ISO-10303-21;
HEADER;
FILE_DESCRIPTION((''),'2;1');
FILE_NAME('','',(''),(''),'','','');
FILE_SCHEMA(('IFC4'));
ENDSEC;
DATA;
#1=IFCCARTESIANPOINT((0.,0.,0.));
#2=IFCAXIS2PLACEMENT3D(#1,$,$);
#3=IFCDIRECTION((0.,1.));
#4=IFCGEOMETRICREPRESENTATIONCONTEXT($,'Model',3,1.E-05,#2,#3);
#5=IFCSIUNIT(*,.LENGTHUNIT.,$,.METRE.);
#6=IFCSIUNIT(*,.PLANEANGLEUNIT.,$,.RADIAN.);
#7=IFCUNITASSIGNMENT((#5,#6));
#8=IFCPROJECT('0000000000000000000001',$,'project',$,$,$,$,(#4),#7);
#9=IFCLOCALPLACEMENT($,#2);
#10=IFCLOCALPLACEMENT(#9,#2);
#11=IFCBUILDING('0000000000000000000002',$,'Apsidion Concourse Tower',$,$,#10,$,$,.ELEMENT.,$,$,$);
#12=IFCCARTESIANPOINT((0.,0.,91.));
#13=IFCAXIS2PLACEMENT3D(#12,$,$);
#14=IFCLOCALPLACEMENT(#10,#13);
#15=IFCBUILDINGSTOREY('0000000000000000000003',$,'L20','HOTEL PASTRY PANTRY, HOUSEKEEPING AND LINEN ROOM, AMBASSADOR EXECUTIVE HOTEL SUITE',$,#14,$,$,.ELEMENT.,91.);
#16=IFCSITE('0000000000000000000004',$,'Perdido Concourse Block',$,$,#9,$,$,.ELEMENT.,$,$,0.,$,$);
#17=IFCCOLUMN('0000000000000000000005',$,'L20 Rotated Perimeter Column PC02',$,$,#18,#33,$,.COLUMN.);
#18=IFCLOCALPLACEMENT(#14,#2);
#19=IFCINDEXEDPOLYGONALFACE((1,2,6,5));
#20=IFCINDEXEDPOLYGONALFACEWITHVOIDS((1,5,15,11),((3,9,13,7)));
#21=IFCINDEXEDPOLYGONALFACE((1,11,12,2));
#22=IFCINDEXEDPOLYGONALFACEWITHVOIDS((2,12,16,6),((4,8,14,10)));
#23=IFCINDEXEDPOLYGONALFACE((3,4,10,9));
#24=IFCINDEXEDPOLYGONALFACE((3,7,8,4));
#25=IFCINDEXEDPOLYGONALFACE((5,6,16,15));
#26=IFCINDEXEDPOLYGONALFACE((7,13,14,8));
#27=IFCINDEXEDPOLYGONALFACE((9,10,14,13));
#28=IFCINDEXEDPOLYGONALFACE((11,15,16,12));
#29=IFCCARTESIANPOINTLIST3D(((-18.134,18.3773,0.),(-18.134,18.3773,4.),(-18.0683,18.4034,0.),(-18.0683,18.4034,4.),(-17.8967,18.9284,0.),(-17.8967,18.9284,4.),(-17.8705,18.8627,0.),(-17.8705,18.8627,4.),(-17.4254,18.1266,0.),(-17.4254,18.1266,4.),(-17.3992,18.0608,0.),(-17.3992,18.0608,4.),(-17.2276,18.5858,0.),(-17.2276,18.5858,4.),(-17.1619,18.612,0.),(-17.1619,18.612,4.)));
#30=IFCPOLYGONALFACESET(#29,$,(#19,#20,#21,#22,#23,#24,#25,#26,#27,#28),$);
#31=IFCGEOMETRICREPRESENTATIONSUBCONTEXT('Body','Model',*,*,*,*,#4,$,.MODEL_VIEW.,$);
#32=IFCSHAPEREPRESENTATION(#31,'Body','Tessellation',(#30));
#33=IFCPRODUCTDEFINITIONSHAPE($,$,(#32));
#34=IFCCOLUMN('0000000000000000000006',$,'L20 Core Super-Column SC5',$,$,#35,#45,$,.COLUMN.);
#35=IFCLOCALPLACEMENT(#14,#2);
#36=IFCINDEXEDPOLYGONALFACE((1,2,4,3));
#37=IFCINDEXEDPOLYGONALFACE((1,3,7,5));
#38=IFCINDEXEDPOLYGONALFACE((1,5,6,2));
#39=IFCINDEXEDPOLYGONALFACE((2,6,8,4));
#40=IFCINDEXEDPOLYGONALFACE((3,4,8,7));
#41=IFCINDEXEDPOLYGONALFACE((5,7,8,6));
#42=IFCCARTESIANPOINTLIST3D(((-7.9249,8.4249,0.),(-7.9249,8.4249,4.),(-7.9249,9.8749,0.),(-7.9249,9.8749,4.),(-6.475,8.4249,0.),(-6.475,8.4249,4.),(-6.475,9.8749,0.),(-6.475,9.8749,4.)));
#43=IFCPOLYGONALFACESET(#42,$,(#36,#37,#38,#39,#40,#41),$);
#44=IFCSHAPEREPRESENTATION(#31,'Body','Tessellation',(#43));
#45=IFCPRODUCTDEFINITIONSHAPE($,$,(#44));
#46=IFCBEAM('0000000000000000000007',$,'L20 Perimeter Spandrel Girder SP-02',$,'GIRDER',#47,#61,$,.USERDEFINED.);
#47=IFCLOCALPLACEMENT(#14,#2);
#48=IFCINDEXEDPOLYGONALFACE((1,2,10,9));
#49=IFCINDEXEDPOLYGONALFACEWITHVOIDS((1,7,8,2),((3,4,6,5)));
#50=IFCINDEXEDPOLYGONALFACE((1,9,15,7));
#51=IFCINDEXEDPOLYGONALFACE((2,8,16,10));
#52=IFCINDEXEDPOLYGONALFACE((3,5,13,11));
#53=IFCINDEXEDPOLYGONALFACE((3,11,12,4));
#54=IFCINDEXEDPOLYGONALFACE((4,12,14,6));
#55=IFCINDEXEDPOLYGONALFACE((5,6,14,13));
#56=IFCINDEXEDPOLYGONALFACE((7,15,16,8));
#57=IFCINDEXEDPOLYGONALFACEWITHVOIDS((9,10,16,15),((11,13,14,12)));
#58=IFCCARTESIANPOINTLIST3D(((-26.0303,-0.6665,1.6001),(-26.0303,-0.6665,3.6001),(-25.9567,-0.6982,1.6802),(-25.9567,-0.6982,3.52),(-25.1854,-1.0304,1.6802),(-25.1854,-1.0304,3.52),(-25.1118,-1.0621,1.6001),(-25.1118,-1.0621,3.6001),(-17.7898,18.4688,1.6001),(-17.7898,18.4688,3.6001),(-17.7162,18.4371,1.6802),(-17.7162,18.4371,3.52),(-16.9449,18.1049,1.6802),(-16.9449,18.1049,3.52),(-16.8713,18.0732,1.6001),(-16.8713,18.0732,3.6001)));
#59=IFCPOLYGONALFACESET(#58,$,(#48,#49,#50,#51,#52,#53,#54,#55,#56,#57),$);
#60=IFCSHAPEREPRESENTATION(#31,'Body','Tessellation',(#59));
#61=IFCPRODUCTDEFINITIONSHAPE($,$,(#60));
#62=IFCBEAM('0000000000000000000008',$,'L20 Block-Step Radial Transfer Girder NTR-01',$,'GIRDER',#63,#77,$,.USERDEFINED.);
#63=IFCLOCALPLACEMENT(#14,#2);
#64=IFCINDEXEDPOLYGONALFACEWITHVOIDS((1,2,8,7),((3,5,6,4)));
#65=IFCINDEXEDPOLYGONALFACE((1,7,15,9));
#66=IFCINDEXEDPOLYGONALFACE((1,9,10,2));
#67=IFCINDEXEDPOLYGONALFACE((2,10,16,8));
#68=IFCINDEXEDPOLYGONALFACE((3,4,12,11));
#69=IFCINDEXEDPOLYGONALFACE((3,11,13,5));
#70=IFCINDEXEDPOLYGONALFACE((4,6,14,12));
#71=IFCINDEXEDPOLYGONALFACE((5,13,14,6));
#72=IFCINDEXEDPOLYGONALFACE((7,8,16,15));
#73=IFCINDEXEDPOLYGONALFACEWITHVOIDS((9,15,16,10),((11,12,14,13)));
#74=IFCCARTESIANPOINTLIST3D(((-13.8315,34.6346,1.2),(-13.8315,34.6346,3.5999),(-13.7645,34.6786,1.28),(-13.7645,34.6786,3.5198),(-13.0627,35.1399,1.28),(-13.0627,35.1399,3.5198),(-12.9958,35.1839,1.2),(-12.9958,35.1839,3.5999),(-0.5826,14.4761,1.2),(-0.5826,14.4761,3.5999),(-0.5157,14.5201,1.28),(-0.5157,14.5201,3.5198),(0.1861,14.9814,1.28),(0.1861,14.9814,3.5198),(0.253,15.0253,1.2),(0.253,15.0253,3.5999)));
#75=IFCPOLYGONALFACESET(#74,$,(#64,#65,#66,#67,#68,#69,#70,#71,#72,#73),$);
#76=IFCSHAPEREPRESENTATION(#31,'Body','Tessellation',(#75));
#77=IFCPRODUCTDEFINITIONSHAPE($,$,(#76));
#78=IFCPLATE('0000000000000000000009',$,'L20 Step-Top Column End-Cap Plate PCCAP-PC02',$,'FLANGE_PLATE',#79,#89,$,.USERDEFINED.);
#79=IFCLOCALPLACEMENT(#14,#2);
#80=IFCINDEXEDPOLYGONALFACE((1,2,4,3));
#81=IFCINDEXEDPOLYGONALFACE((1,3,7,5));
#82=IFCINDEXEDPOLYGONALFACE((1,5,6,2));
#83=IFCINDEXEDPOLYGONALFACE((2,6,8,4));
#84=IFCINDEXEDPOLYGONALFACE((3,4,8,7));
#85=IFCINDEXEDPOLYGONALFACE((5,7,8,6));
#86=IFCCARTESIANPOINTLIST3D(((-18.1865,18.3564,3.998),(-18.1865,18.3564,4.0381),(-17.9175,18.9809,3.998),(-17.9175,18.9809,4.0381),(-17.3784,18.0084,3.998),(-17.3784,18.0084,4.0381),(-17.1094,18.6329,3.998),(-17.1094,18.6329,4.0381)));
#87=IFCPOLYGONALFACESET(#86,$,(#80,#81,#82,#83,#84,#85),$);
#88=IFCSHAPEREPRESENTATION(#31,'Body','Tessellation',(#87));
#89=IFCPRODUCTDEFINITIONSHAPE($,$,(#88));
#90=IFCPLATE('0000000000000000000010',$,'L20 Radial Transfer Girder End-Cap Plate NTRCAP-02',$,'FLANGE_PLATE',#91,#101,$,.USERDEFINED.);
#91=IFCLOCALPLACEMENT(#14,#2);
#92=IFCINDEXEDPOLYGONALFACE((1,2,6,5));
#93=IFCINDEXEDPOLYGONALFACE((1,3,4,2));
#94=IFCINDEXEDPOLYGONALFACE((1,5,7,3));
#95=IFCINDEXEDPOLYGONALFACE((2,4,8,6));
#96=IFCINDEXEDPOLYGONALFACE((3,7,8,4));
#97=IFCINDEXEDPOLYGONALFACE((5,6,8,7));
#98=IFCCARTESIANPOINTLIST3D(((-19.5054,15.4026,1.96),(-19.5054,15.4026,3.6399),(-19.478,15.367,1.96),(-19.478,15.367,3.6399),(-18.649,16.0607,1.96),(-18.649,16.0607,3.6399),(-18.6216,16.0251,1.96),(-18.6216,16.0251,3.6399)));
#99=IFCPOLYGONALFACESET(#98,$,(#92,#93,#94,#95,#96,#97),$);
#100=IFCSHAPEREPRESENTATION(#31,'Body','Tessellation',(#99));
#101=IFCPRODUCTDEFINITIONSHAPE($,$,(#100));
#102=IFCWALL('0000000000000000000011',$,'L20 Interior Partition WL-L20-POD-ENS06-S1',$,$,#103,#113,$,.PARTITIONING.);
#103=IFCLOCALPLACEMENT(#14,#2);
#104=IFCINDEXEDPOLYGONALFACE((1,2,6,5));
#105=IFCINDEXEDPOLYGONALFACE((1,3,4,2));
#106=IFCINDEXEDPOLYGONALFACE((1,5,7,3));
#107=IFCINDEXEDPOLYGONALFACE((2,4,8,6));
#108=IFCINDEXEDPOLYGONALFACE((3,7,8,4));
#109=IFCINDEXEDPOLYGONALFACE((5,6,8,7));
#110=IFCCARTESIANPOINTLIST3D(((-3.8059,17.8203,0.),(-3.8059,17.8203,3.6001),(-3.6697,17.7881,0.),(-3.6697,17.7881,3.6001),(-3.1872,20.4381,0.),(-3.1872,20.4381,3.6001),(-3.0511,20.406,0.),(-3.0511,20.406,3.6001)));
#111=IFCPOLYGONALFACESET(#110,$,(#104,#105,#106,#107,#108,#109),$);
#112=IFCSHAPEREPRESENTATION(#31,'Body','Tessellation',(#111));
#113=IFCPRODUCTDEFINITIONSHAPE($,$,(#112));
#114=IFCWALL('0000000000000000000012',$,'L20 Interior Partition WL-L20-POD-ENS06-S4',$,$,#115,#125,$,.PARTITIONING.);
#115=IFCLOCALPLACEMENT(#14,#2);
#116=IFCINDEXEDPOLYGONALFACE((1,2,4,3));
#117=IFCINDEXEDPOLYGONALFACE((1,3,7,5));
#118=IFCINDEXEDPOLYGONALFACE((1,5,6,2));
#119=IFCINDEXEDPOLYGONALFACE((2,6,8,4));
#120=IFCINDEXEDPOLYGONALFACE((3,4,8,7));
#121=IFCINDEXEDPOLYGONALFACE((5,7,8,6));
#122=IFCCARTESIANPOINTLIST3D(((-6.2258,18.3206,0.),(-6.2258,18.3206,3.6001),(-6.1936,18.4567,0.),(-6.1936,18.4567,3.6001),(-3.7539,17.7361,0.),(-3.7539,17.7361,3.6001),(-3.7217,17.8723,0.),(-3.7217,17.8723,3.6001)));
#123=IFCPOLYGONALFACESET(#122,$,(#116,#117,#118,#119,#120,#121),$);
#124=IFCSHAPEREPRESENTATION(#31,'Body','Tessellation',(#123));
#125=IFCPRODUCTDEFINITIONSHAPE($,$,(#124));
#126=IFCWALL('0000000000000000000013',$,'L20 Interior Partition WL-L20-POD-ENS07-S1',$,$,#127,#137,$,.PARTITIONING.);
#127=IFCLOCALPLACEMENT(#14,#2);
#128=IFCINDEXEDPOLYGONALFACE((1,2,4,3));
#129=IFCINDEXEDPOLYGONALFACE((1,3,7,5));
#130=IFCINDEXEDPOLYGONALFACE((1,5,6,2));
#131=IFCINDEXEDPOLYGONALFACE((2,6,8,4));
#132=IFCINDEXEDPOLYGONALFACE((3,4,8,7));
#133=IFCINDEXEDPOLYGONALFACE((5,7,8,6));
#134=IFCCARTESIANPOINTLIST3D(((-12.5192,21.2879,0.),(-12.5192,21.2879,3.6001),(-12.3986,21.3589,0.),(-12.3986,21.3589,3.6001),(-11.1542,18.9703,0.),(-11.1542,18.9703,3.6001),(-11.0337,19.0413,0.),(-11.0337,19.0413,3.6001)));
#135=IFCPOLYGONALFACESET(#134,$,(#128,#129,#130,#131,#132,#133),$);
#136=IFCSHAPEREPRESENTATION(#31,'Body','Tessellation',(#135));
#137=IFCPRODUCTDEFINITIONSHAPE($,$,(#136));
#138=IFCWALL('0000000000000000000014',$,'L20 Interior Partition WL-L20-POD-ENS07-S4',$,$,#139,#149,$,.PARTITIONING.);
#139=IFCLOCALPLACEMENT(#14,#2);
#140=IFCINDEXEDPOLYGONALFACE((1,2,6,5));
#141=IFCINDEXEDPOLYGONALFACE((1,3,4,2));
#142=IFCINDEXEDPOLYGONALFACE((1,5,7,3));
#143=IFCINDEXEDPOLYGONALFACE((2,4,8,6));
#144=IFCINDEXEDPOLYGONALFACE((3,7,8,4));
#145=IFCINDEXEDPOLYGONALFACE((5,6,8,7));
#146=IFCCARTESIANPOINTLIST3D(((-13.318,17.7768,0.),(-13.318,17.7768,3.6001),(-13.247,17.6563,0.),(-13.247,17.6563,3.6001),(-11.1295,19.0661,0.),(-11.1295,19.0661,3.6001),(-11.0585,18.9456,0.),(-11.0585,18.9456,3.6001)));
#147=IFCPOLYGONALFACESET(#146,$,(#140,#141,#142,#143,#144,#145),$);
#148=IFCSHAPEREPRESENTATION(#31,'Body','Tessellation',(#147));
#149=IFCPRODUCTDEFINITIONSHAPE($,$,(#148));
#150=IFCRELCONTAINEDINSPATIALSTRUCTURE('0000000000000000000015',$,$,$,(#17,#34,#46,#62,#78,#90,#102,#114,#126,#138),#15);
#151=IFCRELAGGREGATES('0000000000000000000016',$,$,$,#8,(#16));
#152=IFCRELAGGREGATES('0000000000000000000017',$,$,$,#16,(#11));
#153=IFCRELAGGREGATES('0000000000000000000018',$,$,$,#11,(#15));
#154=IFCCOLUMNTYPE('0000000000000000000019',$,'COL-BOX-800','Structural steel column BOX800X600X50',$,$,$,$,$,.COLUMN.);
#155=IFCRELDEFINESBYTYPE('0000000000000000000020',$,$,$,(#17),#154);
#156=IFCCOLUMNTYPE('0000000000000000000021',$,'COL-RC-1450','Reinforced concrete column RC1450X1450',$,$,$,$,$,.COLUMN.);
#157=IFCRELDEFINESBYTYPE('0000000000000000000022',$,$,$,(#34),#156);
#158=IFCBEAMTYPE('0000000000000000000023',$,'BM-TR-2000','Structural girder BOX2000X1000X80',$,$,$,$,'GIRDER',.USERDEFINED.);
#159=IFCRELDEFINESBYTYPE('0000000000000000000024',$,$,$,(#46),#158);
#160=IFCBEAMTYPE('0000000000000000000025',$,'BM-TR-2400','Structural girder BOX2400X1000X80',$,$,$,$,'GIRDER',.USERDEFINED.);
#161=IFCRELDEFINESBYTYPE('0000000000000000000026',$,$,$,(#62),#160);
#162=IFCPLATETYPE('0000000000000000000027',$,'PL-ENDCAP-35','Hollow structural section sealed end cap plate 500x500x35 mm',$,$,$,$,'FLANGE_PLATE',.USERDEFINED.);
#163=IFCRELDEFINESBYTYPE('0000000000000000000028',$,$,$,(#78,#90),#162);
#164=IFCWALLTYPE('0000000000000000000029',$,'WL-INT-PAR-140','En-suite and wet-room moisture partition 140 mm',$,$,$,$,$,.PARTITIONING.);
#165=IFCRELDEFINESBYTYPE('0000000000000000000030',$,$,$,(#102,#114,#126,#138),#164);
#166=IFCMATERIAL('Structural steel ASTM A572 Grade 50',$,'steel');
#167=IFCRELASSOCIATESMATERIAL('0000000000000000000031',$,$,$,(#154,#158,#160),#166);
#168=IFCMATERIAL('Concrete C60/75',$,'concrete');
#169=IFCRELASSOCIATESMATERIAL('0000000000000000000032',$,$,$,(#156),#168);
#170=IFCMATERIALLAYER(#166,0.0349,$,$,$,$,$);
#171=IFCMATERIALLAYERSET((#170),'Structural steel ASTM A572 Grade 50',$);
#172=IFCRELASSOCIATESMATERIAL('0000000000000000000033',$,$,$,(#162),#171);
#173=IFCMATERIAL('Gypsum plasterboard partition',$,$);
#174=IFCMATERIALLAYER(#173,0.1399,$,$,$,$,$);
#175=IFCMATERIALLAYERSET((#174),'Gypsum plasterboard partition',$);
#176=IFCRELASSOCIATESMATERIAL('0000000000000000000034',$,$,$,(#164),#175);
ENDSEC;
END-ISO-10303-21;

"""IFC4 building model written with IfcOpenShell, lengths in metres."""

from ifc_helpers import new_model, si_unit, direction, frame, frame_2d, origin, origin_2d, place, context, subcontext, project, spatial, rectangle, hollow_rectangle, extrude, material, layer, layer_set, material_profile, profile_set, type_object, element, save


model = new_model("IFC4")

# Units and contexts
model_context = context("Model", 3, precision=1e-05, world=origin(), true_north=direction((0.0, 1.0)))
body_context = subcontext(model_context, "Body", "Model", "MODEL_VIEW")
ifc_project = project(units=[si_unit("LENGTHUNIT", "METRE"), si_unit("PLANEANGLEUNIT", "RADIAN")], contexts=[model_context])

# Site, building, storey
site_placement = place(None, origin())
site = spatial("IfcSite", under=ifc_project, at=site_placement, Name="Perdido Concourse Block", CompositionType="ELEMENT", RefElevation=0.0)
building_placement = place(site_placement, origin())
building = spatial("IfcBuilding", under=site, at=building_placement, Name="Apsidion Concourse Tower", CompositionType="ELEMENT")
storey_placement = place(building_placement, frame((0.0, 0.0, 91.0)))
storey = spatial("IfcBuildingStorey", under=building, at=storey_placement, Name="L20", Description="HOTEL PASTRY PANTRY, HOUSEKEEPING AND LINEN ROOM, AMBASSADOR EXECUTIVE HOTEL SUITE", CompositionType="ELEMENT", Elevation=91.0)

# Columns
ifc_material_1 = material(Name="Structural steel ASTM A572 Grade 50", Category="steel")
ifc_material_profile_1 = material_profile(ifc_material_1, hollow_rectangle(XDim=0.6001, YDim=0.8, WallThickness=0.05, at=origin_2d()), Name="BOX800X600X50")
ifc_profile_set_1 = profile_set([ifc_material_profile_1], Name="Structural steel ASTM A572 Grade 50")
column_type_1 = type_object("IfcColumnType", Name="COL-BOX-800", Description="Structural steel column BOX800X600X50", PredefinedType="COLUMN", material=ifc_profile_set_1)
column_1_placement = place(storey_placement, frame((-17.6479, 18.4946, 0.0), z_axis=(0.0, 0.0, 1.0), x_axis=(0.395546, 0.918446, 0.0)))
element("IfcColumn", 1, at=column_1_placement, inside=storey, type_object=column_type_1, Name="L20 Rotated Perimeter Column PC02", PredefinedType="COLUMN", context=body_context, shape_type="SweptSolid", body=[
    extrude(hollow_rectangle(XDim=0.6001, YDim=0.8, WallThickness=0.05, at=origin_2d()), origin(), (0.0, 0.0, 1.0), 4.0),
])
ifc_material_2 = material(Name="Concrete C60/75", Category="concrete")
ifc_material_profile_2 = material_profile(ifc_material_2, rectangle(XDim=1.45, YDim=1.45, at=origin_2d()), Name="RC 1450x1450")
ifc_profile_set_2 = profile_set([ifc_material_profile_2], Name="Concrete C60/75")
column_type_2 = type_object("IfcColumnType", Name="COL-RC-1450", Description="Reinforced concrete column RC1450X1450", PredefinedType="COLUMN", material=ifc_profile_set_2)
column_2_placement = place(storey_placement, frame((-7.2, 9.1499, 0.0), z_axis=(0.0, 0.0, 1.0), x_axis=(1.0, 0.0, 0.0)))
element("IfcColumn", 2, at=column_2_placement, inside=storey, type_object=column_type_2, Name="L20 Core Super-Column SC5", PredefinedType="COLUMN", context=body_context, shape_type="SweptSolid", body=[
    extrude(rectangle(XDim=1.45, YDim=1.45, at=origin_2d()), origin(), (0.0, 0.0, 1.0), 4.0),
])

# Beams
ifc_material_profile_3 = material_profile(ifc_material_1, hollow_rectangle(XDim=1.0, YDim=2.0, WallThickness=0.0801, at=origin_2d()), Name="BOX2000X1000X80")
ifc_profile_set_3 = profile_set([ifc_material_profile_3], Name="Structural steel ASTM A572 Grade 50")
beam_type_1 = type_object("IfcBeamType", Name="BM-TR-2000", Description="Structural girder BOX2000X1000X80", ElementType="GIRDER", PredefinedType="USERDEFINED", material=ifc_profile_set_3)
beam_1_placement = place(storey_placement, frame((-17.3306, 18.271, 2.6001), z_axis=(-0.395527, -0.918454, 0.0), x_axis=(0.918454, -0.395527, 0.0)))
element("IfcBeam", 3, at=beam_1_placement, inside=storey, type_object=beam_type_1, Name="L20 Perimeter Spandrel Girder SP-02", ObjectType="GIRDER", PredefinedType="USERDEFINED", context=body_context, shape_type="SweptSolid", body=[
    extrude(hollow_rectangle(XDim=1.0, YDim=2.0, WallThickness=0.0801, at=origin_2d()), origin(), (0.0, 0.0, 1.0), 20.8342),
])
ifc_material_profile_4 = material_profile(ifc_material_1, hollow_rectangle(XDim=1.0, YDim=2.3999, WallThickness=0.0801, at=origin_2d()), Name="BOX2400X1000X80")
ifc_profile_set_4 = profile_set([ifc_material_profile_4], Name="Structural steel ASTM A572 Grade 50")
beam_type_2 = type_object("IfcBeamType", Name="BM-TR-2400", Description="Structural girder BOX2400X1000X80", ElementType="GIRDER", PredefinedType="USERDEFINED", material=ifc_profile_set_4)
beam_2_placement = place(storey_placement, frame((-0.1648, 14.7507, 2.3999), z_axis=(-0.54923, 0.835671, 0.0), x_axis=(-0.835671, -0.54923, 0.0)))
element("IfcBeam", 4, at=beam_2_placement, inside=storey, type_object=beam_type_2, Name="L20 Block-Step Radial Transfer Girder NTR-01", ObjectType="GIRDER", PredefinedType="USERDEFINED", context=body_context, shape_type="SweptSolid", body=[
    extrude(hollow_rectangle(XDim=1.0, YDim=2.3999, WallThickness=0.0801, at=origin_2d()), origin(), (0.0, 0.0, 1.0), 24.1226),
])

# Plates
ifc_layer_1 = layer(ifc_material_1, 0.0349)
ifc_layer_set_1 = layer_set([ifc_layer_1], Name="Structural steel ASTM A572 Grade 50")
plate_type = type_object("IfcPlateType", Name="PL-ENDCAP-35", Description="Hollow structural section sealed end cap plate 500x500x35 mm", ElementType="FLANGE_PLATE", PredefinedType="USERDEFINED", material=ifc_layer_set_1)
plate_1_placement = place(storey_placement, frame((-17.6479, 18.4946, 3.998), z_axis=(0.0, 0.0, 1.0), x_axis=(0.395546, 0.918446, 0.0)))
element("IfcPlate", 5, at=plate_1_placement, inside=storey, type_object=plate_type, Name="L20 Step-Top Column End-Cap Plate PCCAP-PC02", ObjectType="FLANGE_PLATE", PredefinedType="USERDEFINED", context=body_context, shape_type="SweptSolid", body=[
    extrude(rectangle(XDim=0.6799, YDim=0.8799, at=origin_2d()), origin(), (0.0, 0.0, 1.0), 0.04),
])
plate_2_placement = place(storey_placement, frame((-19.0635, 15.7139, 1.96), z_axis=(0.0, 0.0, 1.0), x_axis=(-0.609315, 0.792928, 0.0)))
element("IfcPlate", 6, at=plate_2_placement, inside=storey, type_object=plate_type, Name="L20 Radial Transfer Girder End-Cap Plate NTRCAP-02", ObjectType="FLANGE_PLATE", PredefinedType="USERDEFINED", context=body_context, shape_type="SweptSolid", body=[
    extrude(rectangle(XDim=0.0449, YDim=1.0801, at=origin_2d()), origin(), (0.0, 0.0, 1.0), 1.6799),
])

# Walls
ifc_material_3 = material(Name="Gypsum plasterboard partition")
ifc_layer_2 = layer(ifc_material_3, 0.1399)
ifc_layer_set_2 = layer_set([ifc_layer_2], Name="Gypsum plasterboard partition")
wall_type_1 = type_object("IfcWallType", Name="WL-INT-PAR-140", Description="En-suite and wet-room moisture partition 140 mm", PredefinedType="PARTITIONING", material=ifc_layer_set_2)
wall_1_placement = place(storey_placement, frame((-3.7378, 17.8042, 0.0), z_axis=(0.0, 0.0, 1.0), x_axis=(0.22998, 0.973195, 0.0)))
element("IfcWall", 7, at=wall_1_placement, inside=storey, type_object=wall_type_1, Name="L20 Interior Partition WL-L20-POD-ENS06-S1", PredefinedType="PARTITIONING", context=body_context, shape_type="SweptSolid", body=[
    extrude(rectangle(XDim=2.6899, YDim=0.1399, at=frame_2d((1.345, 0.0))), origin(), (0.0, 0.0, 1.0), 3.6001),
])
wall_2_placement = place(storey_placement, frame((-6.2097, 18.3887, 0.0), z_axis=(0.0, 0.0, 1.0), x_axis=(0.973167, -0.2301, 0.0)))
element("IfcWall", 8, at=wall_2_placement, inside=storey, type_object=wall_type_1, Name="L20 Interior Partition WL-L20-POD-ENS06-S4", PredefinedType="PARTITIONING", context=body_context, shape_type="SweptSolid", body=[
    extrude(rectangle(XDim=2.54, YDim=0.1399, at=frame_2d((1.27, 0.0))), origin(), (0.0, 0.0, 1.0), 3.6001),
])
wall_3_placement = place(storey_placement, frame((-11.094, 19.0059, 0.0), z_axis=(0.0, 0.0, 1.0), x_axis=(-0.507484, 0.861661, 0.0)))
element("IfcWall", 9, at=wall_3_placement, inside=storey, type_object=wall_type_1, Name="L20 Interior Partition WL-L20-POD-ENS07-S1", PredefinedType="PARTITIONING", context=body_context, shape_type="SweptSolid", body=[
    extrude(rectangle(XDim=2.6897, YDim=0.1399, at=frame_2d((1.3447, 0.0))), origin(), (0.0, 0.0, 1.0), 3.6001),
])
wall_4_placement = place(storey_placement, frame((-13.2825, 17.7166, 0.0), z_axis=(0.0, 0.0, 1.0), x_axis=(0.861596, 0.507595, 0.0)))
element("IfcWall", 10, at=wall_4_placement, inside=storey, type_object=wall_type_1, Name="L20 Interior Partition WL-L20-POD-ENS07-S4", PredefinedType="PARTITIONING", context=body_context, shape_type="SweptSolid", body=[
    extrude(rectangle(XDim=2.54, YDim=0.1399, at=frame_2d((1.27, 0.0))), origin(), (0.0, 0.0, 1.0), 3.6001),
])

save(model, "model.ifc")
